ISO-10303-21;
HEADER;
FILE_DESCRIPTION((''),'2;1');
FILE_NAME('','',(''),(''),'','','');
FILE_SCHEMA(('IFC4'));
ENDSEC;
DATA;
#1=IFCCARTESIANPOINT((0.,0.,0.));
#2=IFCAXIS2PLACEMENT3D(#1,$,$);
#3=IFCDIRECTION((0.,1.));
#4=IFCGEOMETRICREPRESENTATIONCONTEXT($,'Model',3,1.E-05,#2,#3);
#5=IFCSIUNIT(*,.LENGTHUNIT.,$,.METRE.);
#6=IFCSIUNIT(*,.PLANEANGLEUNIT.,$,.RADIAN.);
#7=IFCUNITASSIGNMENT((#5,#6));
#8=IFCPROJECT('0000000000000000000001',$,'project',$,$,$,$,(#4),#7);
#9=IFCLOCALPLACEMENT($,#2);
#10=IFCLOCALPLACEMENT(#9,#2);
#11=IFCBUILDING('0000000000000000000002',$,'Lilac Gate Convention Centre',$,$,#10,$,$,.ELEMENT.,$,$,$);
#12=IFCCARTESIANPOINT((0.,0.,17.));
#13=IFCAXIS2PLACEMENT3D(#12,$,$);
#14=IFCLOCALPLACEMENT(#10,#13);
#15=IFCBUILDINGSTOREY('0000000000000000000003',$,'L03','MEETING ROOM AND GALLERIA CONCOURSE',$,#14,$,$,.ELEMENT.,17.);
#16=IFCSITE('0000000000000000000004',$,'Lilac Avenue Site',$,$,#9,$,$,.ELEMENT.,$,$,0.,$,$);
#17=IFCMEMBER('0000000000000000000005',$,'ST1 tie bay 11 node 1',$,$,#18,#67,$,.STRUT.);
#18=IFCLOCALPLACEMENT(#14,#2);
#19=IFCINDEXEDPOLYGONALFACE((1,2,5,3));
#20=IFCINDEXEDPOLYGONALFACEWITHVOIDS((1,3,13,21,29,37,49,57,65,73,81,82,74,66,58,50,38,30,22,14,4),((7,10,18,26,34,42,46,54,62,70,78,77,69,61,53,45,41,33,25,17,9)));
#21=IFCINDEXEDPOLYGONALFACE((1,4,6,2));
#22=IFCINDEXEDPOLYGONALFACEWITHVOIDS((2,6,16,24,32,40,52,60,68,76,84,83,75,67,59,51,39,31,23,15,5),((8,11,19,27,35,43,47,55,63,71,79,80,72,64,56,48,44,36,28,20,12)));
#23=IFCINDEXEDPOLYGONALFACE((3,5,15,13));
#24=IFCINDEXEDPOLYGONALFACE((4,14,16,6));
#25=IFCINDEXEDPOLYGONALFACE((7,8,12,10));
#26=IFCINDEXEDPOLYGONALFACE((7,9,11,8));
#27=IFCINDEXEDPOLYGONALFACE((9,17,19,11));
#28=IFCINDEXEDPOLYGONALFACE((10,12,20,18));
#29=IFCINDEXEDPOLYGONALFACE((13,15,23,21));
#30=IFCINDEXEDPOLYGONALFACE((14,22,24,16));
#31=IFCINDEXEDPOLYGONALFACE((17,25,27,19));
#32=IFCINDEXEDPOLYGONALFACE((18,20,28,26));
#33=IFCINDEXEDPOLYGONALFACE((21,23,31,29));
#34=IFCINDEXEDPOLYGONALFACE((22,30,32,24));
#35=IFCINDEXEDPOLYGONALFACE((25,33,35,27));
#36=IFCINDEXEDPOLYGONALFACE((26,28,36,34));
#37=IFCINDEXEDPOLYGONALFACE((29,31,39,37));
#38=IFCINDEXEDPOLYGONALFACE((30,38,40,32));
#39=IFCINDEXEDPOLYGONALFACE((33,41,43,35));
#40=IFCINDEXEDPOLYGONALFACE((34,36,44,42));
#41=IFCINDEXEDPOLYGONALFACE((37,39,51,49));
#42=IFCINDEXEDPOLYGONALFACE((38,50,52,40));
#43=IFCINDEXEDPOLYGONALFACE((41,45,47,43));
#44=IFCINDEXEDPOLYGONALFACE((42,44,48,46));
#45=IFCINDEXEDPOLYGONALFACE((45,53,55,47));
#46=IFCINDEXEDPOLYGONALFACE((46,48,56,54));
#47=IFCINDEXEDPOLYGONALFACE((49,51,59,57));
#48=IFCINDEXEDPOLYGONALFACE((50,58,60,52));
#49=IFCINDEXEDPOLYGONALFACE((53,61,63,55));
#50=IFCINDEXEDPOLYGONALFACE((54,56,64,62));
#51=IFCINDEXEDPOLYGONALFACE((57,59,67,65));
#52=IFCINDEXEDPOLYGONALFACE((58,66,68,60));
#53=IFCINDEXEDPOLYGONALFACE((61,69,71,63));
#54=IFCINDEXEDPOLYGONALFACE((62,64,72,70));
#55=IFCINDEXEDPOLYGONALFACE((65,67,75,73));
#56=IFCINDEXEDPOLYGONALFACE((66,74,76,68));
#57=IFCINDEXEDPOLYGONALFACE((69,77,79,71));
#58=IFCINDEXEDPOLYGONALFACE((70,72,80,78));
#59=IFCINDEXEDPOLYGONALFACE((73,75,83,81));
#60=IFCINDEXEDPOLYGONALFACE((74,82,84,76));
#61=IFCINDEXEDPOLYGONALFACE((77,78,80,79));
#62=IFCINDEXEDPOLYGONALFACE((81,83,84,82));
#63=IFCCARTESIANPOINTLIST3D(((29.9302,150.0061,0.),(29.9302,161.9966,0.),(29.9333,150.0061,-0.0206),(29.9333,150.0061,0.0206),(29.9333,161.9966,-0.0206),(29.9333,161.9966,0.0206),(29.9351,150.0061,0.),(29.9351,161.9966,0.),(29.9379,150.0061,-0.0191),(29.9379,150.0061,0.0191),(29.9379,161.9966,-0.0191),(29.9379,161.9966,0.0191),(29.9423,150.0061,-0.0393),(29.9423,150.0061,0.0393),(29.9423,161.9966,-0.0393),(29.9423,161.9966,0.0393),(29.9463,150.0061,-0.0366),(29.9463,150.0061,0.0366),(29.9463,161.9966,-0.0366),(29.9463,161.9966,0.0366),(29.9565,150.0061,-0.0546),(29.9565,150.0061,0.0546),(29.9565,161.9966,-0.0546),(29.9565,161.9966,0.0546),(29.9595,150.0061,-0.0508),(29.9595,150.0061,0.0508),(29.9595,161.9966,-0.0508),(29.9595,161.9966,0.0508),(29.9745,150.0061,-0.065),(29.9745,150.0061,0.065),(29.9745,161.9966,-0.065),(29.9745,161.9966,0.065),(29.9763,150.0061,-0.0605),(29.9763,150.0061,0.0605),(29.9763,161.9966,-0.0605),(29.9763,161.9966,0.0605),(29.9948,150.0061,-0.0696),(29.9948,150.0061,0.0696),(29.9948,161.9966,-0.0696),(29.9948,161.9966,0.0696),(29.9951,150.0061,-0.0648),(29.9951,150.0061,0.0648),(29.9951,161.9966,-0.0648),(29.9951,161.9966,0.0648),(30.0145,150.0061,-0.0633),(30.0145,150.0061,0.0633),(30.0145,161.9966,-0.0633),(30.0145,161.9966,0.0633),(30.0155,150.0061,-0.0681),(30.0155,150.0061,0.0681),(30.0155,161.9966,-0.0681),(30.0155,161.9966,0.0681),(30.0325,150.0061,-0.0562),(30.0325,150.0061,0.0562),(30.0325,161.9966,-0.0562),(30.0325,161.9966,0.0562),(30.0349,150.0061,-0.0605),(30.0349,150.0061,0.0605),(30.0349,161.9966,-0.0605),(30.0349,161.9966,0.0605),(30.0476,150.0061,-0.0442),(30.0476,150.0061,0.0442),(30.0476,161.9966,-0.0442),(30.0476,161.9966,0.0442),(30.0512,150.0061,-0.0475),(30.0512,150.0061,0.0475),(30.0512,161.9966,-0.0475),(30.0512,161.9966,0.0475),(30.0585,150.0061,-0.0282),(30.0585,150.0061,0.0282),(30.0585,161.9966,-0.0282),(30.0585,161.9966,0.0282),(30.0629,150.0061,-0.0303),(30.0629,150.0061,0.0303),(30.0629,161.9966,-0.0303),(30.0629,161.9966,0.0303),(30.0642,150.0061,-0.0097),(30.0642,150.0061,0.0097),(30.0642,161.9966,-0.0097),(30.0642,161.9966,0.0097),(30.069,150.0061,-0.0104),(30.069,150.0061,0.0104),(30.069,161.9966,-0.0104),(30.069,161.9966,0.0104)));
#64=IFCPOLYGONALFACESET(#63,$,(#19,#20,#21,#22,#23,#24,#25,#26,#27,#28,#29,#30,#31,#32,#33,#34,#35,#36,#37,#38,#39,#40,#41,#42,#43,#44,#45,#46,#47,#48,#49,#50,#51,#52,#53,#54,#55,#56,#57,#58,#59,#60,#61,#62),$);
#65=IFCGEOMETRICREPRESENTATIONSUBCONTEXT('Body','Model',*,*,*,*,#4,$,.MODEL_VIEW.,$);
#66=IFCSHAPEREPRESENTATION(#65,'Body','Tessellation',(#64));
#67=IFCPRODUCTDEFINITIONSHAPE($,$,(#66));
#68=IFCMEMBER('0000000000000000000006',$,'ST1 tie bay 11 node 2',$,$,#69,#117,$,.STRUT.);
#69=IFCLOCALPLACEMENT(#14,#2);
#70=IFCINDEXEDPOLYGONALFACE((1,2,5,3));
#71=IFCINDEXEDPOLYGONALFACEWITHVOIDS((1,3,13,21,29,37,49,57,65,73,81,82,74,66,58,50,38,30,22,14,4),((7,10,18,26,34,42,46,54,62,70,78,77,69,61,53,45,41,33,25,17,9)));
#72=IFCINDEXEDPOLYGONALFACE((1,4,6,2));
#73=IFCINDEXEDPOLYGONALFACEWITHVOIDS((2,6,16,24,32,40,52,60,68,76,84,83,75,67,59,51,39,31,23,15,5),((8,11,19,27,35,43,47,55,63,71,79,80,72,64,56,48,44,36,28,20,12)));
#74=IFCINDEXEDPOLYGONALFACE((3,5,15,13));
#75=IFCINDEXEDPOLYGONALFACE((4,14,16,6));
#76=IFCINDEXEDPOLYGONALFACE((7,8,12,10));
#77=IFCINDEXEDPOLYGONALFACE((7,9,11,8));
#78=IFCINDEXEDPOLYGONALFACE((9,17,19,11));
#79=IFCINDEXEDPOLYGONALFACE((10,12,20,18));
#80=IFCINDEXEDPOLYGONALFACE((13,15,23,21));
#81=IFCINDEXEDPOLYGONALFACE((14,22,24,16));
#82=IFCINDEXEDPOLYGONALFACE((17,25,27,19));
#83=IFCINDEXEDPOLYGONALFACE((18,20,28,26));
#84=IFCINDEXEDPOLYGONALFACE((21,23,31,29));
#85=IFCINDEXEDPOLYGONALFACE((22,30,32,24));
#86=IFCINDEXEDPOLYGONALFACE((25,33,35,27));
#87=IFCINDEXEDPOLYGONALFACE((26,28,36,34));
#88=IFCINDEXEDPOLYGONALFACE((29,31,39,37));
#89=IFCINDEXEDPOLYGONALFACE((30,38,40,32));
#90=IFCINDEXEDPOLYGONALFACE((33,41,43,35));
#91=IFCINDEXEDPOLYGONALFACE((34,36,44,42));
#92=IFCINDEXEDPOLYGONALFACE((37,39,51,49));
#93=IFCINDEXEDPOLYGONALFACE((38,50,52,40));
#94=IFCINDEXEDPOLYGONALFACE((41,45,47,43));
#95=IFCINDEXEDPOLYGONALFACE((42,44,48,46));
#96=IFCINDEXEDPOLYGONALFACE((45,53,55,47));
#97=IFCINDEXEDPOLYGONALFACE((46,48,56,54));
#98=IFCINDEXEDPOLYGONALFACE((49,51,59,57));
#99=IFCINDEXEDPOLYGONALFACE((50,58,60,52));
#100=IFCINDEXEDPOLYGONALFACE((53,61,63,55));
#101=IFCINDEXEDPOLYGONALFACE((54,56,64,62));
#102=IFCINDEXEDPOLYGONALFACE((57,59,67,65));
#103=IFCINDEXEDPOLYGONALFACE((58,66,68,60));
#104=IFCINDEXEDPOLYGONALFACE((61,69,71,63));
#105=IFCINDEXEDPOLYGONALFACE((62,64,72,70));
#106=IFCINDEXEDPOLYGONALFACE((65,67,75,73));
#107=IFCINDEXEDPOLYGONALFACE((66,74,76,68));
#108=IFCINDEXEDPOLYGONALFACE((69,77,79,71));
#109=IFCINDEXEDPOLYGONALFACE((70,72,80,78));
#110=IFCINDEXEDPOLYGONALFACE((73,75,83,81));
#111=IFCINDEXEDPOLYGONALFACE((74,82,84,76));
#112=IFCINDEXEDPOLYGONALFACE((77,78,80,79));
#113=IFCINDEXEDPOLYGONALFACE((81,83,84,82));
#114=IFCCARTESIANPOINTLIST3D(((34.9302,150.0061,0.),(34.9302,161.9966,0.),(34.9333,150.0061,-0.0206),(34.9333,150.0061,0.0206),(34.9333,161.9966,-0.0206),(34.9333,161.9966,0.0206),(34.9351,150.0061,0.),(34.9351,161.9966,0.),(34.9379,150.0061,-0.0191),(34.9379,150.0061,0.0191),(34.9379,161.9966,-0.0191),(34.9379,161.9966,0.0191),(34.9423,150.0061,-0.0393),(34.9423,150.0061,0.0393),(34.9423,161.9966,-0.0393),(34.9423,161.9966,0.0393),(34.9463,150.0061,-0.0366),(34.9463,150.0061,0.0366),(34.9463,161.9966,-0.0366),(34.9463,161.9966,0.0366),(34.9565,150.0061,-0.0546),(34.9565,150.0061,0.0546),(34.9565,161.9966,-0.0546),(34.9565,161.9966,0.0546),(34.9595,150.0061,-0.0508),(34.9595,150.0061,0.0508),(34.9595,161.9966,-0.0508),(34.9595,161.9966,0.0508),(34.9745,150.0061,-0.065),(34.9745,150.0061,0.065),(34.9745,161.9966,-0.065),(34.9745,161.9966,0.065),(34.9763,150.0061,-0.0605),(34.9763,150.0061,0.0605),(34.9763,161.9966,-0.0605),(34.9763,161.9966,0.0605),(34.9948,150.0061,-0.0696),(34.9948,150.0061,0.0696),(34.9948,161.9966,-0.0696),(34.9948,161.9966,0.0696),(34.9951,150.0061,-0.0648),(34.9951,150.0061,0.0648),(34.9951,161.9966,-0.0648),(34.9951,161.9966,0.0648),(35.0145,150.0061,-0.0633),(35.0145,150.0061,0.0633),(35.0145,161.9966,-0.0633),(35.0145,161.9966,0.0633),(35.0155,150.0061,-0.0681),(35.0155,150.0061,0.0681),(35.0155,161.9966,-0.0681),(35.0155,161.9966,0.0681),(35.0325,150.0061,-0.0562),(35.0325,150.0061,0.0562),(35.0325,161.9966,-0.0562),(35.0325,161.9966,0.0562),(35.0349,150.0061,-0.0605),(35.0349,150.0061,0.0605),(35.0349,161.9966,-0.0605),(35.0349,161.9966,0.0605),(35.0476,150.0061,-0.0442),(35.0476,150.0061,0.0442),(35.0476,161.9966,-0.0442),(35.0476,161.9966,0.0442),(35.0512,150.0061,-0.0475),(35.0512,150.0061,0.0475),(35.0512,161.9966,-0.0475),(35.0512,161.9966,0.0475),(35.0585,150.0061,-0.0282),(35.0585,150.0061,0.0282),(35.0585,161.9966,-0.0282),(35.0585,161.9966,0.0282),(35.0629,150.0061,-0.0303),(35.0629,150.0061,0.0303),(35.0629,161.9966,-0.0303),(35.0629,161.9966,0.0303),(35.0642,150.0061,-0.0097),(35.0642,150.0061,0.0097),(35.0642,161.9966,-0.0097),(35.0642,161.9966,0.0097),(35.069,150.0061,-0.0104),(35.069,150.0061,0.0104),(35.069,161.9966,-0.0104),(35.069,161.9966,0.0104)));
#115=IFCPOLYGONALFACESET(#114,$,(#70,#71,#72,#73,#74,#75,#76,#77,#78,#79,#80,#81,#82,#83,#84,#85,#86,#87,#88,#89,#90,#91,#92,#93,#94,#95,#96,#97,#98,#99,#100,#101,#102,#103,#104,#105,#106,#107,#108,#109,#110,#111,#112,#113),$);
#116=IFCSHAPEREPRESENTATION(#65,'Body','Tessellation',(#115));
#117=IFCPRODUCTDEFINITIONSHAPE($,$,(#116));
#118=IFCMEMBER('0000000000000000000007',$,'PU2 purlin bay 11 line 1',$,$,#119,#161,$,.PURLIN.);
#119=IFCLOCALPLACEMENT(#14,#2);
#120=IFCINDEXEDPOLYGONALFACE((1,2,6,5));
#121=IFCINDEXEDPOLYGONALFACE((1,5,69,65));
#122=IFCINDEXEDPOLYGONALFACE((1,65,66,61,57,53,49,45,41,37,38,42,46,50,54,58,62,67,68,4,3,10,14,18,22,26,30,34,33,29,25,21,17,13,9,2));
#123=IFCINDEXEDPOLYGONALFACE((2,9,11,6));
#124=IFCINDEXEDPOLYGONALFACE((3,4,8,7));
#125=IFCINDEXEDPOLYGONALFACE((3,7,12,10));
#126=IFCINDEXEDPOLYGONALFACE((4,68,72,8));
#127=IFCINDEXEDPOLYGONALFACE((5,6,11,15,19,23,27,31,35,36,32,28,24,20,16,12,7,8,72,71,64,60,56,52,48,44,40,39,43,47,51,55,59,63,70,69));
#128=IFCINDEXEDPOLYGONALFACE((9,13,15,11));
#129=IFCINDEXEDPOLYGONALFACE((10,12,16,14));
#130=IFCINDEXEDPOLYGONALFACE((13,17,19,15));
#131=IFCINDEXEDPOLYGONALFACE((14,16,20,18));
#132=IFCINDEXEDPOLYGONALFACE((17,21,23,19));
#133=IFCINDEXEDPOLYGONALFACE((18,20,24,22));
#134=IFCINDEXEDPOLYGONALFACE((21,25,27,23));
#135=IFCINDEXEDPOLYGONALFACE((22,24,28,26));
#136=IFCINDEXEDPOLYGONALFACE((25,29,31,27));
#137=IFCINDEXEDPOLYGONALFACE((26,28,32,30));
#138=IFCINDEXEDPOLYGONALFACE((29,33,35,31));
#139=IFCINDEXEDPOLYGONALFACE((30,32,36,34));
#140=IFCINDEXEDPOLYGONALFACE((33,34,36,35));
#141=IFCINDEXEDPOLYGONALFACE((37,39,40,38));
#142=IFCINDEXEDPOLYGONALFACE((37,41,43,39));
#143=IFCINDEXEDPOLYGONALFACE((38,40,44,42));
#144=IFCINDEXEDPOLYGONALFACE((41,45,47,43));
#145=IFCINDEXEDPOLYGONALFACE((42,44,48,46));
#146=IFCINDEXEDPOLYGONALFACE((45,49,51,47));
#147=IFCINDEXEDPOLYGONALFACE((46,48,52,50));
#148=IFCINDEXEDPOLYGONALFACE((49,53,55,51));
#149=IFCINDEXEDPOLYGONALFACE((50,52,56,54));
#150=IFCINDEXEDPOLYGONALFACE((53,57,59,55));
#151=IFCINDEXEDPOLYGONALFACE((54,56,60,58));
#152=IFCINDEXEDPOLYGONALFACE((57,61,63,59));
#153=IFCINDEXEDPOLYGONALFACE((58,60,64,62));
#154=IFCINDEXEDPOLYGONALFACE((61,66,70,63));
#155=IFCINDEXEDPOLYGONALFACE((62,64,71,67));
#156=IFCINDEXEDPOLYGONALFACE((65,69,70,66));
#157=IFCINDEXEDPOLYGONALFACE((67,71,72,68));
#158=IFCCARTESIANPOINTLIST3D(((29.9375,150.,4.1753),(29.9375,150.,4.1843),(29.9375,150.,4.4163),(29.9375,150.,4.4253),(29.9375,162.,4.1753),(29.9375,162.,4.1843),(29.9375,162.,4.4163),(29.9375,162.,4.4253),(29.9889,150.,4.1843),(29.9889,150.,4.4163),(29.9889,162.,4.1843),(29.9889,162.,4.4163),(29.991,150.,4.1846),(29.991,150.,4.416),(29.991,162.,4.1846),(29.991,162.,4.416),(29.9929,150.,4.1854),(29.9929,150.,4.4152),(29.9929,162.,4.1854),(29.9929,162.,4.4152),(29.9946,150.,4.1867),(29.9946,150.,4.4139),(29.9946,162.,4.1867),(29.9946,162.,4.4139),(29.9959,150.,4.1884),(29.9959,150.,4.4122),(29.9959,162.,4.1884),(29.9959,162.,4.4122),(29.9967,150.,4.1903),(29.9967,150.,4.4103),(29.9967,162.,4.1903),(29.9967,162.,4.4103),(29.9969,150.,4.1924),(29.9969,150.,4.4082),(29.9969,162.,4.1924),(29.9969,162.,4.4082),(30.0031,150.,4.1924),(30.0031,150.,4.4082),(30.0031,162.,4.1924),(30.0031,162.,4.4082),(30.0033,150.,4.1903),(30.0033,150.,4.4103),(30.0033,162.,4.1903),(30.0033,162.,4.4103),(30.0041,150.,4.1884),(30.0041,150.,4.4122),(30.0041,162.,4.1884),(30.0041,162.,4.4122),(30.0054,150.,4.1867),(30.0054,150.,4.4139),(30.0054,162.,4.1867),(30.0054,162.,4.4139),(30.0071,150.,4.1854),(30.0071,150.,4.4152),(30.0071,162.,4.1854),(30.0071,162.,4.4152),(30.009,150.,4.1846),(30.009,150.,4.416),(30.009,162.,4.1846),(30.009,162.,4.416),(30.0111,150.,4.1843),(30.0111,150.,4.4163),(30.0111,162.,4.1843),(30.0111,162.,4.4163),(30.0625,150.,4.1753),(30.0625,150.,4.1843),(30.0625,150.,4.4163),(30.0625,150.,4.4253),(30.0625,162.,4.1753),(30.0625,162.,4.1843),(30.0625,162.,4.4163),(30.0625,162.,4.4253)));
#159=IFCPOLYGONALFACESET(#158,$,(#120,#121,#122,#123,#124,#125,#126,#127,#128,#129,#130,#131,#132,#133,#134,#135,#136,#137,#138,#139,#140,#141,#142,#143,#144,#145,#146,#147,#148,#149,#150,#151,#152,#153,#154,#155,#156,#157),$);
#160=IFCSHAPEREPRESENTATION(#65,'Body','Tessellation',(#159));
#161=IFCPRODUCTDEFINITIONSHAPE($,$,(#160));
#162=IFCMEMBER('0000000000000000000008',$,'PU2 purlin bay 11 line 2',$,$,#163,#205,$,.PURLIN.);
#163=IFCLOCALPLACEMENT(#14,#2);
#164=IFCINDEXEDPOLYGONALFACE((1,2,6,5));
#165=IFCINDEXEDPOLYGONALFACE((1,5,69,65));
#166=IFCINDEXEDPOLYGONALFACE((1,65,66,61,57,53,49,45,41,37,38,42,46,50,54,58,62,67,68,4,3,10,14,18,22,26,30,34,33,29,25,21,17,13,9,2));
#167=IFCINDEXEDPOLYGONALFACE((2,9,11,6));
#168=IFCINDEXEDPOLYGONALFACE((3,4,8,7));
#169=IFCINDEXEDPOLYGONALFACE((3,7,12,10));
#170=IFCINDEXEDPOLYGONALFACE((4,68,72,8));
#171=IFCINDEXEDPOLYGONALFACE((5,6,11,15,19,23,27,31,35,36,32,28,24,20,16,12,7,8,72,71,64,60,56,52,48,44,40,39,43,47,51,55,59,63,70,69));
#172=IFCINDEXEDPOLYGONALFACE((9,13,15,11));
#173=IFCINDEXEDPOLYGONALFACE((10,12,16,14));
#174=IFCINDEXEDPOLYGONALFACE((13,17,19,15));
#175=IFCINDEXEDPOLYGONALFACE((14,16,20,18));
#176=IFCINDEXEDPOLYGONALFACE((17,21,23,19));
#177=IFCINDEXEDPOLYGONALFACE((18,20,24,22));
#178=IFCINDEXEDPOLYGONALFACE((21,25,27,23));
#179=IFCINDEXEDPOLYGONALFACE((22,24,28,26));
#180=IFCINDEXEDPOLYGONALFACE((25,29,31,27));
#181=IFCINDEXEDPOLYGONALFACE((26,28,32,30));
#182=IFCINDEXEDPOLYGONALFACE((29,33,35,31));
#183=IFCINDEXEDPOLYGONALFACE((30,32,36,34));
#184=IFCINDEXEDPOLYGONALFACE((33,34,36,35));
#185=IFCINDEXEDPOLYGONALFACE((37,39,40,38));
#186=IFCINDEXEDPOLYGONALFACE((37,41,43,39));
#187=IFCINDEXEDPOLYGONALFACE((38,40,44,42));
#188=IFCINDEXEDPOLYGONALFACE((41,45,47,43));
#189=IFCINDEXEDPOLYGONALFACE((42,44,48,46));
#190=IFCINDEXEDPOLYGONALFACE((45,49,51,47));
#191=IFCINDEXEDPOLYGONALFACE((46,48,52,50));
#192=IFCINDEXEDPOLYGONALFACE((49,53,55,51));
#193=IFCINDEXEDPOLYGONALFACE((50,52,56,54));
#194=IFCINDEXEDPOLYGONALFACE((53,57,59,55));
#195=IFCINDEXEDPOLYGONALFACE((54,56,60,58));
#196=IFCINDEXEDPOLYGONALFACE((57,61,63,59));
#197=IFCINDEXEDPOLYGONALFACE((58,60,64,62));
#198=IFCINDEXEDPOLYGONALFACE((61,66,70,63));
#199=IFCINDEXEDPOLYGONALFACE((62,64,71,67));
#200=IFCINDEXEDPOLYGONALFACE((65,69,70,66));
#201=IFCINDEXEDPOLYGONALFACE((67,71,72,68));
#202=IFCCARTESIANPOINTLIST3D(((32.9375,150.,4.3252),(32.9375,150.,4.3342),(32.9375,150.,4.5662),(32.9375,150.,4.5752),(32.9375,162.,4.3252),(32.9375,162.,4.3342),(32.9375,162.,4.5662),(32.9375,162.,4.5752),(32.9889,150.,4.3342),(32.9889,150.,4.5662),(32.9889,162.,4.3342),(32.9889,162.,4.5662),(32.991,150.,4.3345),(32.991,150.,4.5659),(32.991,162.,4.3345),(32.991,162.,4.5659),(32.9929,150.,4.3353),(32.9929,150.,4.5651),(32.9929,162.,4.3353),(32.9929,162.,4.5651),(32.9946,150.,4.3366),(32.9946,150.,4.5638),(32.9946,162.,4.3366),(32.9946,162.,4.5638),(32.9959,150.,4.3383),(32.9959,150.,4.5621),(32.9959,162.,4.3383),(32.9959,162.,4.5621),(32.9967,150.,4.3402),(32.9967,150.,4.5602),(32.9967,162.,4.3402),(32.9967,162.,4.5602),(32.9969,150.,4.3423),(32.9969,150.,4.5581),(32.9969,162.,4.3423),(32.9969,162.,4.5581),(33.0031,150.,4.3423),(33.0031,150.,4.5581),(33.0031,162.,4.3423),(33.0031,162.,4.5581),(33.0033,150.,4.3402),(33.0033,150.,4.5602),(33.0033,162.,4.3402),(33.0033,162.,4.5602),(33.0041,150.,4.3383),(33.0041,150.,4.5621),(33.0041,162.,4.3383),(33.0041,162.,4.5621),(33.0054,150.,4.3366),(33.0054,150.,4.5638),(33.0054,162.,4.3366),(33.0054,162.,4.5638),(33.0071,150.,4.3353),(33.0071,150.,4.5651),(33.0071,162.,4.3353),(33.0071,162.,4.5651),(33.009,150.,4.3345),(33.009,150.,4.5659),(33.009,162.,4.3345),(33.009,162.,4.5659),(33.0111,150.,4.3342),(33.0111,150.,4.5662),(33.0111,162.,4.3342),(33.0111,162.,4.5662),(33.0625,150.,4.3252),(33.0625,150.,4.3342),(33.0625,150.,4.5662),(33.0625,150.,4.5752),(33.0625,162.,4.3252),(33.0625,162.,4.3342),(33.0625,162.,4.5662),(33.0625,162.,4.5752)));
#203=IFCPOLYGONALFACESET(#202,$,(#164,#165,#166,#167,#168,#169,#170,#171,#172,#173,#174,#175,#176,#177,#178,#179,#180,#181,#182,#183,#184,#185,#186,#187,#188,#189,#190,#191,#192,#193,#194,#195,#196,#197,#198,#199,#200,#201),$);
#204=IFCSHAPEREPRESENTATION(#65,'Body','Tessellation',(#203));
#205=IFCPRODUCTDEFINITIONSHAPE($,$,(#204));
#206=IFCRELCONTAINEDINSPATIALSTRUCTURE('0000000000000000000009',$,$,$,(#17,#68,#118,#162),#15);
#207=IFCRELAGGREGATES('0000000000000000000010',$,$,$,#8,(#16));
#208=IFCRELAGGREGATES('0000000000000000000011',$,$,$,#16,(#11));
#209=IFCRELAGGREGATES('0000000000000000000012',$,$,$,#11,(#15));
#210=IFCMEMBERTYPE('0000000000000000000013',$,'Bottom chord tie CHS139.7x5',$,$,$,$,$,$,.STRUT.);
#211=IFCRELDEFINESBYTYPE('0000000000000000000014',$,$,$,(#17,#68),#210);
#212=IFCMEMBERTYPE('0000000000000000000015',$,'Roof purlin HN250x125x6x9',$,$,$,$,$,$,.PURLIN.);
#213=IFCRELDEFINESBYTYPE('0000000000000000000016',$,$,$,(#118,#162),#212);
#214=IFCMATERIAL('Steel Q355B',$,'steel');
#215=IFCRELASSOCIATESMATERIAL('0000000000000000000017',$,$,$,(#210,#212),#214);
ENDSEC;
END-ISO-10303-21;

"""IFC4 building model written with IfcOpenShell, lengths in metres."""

from ifc_helpers import new_model, si_unit, direction, frame, origin, origin_2d, place, context, subcontext, project, spatial, hollow_circle, i_section, extrude, material, material_profile, profile_set, type_object, element, save


model = new_model("IFC4")

# Units and contexts
model_context = context("Model", 3, precision=1e-05, world=origin(), true_north=direction((0.0, 1.0)))
body_context = subcontext(model_context, "Body", "Model", "MODEL_VIEW")
ifc_project = project(units=[si_unit("LENGTHUNIT", "METRE"), si_unit("PLANEANGLEUNIT", "RADIAN")], contexts=[model_context])

# Site, building, storey
site_placement = place(None, origin())
site = spatial("IfcSite", under=ifc_project, at=site_placement, Name="Lilac Avenue Site", CompositionType="ELEMENT", RefElevation=0.0)
building_placement = place(site_placement, origin())
building = spatial("IfcBuilding", under=site, at=building_placement, Name="Lilac Gate Convention Centre", CompositionType="ELEMENT")
storey_placement = place(building_placement, frame((0.0, 0.0, 17.0)))
storey = spatial("IfcBuildingStorey", under=building, at=storey_placement, Name="L03", Description="MEETING ROOM AND GALLERIA CONCOURSE", CompositionType="ELEMENT", Elevation=17.0)

# Members
ifc_material = material(Name="Steel Q355B", Category="steel")
ifc_material_profile_1 = material_profile(ifc_material, hollow_circle(Radius=0.0698, WallThickness=0.0049, at=origin_2d()), Name="CHS139.7x5")
ifc_profile_set_1 = profile_set([ifc_material_profile_1], Name="Steel Q355B")
member_type_1 = type_object("IfcMemberType", Name="Bottom chord tie CHS139.7x5", PredefinedType="STRUT", material=ifc_profile_set_1)
for number, where, z_axis, x_axis, name in (
    (1, (30.0, 150.0061, 0.0), (0.0, 1.0, 0.0), (-1.0, 0.0, 0.0), "ST1 tie bay 11 node 1"),
    (2, (35.0, 150.0061, 0.0), (0.0, 1.0, 0.0), (-1.0, 0.0, 0.0), "ST1 tie bay 11 node 2"),
):
    element("IfcMember", number, at=place(storey_placement, frame(where, z_axis=z_axis, x_axis=x_axis)), inside=storey, type_object=member_type_1, Name=name, PredefinedType="STRUT", context=body_context, shape_type="SweptSolid", body=[
        extrude(hollow_circle(Radius=0.0698, WallThickness=0.0049, at=origin_2d()), origin(), (0.0, 0.0, 1.0), 11.9905),
    ])
ifc_material_profile_2 = material_profile(ifc_material, i_section(OverallWidth=0.125, OverallDepth=0.25, WebThickness=0.0061, FlangeThickness=0.009, FilletRadius=0.0081, at=origin_2d()), Name="HN250x125x6x9")
ifc_profile_set_2 = profile_set([ifc_material_profile_2], Name="Steel Q355B")
member_type_2 = type_object("IfcMemberType", Name="Roof purlin HN250x125x6x9", PredefinedType="PURLIN", material=ifc_profile_set_2)
for number, where, z_axis, x_axis, name in (
    (3, (30.0, 150.0, 4.3003), (0.0, 1.0, 0.0), (-1.0, 0.0, 0.0), "PU2 purlin bay 11 line 1"),
    (4, (33.0, 150.0, 4.4502), (0.0, 1.0, 0.0), (-1.0, 0.0, 0.0), "PU2 purlin bay 11 line 2"),
):
    element("IfcMember", number, at=place(storey_placement, frame(where, z_axis=z_axis, x_axis=x_axis)), inside=storey, type_object=member_type_2, Name=name, PredefinedType="PURLIN", context=body_context, shape_type="SweptSolid", body=[
        extrude(i_section(OverallWidth=0.125, OverallDepth=0.25, WebThickness=0.0061, FlangeThickness=0.009, FilletRadius=0.0081, at=origin_2d()), origin(), (0.0, 0.0, 1.0), 12.0),
    ])

save(model, "model.ifc")
